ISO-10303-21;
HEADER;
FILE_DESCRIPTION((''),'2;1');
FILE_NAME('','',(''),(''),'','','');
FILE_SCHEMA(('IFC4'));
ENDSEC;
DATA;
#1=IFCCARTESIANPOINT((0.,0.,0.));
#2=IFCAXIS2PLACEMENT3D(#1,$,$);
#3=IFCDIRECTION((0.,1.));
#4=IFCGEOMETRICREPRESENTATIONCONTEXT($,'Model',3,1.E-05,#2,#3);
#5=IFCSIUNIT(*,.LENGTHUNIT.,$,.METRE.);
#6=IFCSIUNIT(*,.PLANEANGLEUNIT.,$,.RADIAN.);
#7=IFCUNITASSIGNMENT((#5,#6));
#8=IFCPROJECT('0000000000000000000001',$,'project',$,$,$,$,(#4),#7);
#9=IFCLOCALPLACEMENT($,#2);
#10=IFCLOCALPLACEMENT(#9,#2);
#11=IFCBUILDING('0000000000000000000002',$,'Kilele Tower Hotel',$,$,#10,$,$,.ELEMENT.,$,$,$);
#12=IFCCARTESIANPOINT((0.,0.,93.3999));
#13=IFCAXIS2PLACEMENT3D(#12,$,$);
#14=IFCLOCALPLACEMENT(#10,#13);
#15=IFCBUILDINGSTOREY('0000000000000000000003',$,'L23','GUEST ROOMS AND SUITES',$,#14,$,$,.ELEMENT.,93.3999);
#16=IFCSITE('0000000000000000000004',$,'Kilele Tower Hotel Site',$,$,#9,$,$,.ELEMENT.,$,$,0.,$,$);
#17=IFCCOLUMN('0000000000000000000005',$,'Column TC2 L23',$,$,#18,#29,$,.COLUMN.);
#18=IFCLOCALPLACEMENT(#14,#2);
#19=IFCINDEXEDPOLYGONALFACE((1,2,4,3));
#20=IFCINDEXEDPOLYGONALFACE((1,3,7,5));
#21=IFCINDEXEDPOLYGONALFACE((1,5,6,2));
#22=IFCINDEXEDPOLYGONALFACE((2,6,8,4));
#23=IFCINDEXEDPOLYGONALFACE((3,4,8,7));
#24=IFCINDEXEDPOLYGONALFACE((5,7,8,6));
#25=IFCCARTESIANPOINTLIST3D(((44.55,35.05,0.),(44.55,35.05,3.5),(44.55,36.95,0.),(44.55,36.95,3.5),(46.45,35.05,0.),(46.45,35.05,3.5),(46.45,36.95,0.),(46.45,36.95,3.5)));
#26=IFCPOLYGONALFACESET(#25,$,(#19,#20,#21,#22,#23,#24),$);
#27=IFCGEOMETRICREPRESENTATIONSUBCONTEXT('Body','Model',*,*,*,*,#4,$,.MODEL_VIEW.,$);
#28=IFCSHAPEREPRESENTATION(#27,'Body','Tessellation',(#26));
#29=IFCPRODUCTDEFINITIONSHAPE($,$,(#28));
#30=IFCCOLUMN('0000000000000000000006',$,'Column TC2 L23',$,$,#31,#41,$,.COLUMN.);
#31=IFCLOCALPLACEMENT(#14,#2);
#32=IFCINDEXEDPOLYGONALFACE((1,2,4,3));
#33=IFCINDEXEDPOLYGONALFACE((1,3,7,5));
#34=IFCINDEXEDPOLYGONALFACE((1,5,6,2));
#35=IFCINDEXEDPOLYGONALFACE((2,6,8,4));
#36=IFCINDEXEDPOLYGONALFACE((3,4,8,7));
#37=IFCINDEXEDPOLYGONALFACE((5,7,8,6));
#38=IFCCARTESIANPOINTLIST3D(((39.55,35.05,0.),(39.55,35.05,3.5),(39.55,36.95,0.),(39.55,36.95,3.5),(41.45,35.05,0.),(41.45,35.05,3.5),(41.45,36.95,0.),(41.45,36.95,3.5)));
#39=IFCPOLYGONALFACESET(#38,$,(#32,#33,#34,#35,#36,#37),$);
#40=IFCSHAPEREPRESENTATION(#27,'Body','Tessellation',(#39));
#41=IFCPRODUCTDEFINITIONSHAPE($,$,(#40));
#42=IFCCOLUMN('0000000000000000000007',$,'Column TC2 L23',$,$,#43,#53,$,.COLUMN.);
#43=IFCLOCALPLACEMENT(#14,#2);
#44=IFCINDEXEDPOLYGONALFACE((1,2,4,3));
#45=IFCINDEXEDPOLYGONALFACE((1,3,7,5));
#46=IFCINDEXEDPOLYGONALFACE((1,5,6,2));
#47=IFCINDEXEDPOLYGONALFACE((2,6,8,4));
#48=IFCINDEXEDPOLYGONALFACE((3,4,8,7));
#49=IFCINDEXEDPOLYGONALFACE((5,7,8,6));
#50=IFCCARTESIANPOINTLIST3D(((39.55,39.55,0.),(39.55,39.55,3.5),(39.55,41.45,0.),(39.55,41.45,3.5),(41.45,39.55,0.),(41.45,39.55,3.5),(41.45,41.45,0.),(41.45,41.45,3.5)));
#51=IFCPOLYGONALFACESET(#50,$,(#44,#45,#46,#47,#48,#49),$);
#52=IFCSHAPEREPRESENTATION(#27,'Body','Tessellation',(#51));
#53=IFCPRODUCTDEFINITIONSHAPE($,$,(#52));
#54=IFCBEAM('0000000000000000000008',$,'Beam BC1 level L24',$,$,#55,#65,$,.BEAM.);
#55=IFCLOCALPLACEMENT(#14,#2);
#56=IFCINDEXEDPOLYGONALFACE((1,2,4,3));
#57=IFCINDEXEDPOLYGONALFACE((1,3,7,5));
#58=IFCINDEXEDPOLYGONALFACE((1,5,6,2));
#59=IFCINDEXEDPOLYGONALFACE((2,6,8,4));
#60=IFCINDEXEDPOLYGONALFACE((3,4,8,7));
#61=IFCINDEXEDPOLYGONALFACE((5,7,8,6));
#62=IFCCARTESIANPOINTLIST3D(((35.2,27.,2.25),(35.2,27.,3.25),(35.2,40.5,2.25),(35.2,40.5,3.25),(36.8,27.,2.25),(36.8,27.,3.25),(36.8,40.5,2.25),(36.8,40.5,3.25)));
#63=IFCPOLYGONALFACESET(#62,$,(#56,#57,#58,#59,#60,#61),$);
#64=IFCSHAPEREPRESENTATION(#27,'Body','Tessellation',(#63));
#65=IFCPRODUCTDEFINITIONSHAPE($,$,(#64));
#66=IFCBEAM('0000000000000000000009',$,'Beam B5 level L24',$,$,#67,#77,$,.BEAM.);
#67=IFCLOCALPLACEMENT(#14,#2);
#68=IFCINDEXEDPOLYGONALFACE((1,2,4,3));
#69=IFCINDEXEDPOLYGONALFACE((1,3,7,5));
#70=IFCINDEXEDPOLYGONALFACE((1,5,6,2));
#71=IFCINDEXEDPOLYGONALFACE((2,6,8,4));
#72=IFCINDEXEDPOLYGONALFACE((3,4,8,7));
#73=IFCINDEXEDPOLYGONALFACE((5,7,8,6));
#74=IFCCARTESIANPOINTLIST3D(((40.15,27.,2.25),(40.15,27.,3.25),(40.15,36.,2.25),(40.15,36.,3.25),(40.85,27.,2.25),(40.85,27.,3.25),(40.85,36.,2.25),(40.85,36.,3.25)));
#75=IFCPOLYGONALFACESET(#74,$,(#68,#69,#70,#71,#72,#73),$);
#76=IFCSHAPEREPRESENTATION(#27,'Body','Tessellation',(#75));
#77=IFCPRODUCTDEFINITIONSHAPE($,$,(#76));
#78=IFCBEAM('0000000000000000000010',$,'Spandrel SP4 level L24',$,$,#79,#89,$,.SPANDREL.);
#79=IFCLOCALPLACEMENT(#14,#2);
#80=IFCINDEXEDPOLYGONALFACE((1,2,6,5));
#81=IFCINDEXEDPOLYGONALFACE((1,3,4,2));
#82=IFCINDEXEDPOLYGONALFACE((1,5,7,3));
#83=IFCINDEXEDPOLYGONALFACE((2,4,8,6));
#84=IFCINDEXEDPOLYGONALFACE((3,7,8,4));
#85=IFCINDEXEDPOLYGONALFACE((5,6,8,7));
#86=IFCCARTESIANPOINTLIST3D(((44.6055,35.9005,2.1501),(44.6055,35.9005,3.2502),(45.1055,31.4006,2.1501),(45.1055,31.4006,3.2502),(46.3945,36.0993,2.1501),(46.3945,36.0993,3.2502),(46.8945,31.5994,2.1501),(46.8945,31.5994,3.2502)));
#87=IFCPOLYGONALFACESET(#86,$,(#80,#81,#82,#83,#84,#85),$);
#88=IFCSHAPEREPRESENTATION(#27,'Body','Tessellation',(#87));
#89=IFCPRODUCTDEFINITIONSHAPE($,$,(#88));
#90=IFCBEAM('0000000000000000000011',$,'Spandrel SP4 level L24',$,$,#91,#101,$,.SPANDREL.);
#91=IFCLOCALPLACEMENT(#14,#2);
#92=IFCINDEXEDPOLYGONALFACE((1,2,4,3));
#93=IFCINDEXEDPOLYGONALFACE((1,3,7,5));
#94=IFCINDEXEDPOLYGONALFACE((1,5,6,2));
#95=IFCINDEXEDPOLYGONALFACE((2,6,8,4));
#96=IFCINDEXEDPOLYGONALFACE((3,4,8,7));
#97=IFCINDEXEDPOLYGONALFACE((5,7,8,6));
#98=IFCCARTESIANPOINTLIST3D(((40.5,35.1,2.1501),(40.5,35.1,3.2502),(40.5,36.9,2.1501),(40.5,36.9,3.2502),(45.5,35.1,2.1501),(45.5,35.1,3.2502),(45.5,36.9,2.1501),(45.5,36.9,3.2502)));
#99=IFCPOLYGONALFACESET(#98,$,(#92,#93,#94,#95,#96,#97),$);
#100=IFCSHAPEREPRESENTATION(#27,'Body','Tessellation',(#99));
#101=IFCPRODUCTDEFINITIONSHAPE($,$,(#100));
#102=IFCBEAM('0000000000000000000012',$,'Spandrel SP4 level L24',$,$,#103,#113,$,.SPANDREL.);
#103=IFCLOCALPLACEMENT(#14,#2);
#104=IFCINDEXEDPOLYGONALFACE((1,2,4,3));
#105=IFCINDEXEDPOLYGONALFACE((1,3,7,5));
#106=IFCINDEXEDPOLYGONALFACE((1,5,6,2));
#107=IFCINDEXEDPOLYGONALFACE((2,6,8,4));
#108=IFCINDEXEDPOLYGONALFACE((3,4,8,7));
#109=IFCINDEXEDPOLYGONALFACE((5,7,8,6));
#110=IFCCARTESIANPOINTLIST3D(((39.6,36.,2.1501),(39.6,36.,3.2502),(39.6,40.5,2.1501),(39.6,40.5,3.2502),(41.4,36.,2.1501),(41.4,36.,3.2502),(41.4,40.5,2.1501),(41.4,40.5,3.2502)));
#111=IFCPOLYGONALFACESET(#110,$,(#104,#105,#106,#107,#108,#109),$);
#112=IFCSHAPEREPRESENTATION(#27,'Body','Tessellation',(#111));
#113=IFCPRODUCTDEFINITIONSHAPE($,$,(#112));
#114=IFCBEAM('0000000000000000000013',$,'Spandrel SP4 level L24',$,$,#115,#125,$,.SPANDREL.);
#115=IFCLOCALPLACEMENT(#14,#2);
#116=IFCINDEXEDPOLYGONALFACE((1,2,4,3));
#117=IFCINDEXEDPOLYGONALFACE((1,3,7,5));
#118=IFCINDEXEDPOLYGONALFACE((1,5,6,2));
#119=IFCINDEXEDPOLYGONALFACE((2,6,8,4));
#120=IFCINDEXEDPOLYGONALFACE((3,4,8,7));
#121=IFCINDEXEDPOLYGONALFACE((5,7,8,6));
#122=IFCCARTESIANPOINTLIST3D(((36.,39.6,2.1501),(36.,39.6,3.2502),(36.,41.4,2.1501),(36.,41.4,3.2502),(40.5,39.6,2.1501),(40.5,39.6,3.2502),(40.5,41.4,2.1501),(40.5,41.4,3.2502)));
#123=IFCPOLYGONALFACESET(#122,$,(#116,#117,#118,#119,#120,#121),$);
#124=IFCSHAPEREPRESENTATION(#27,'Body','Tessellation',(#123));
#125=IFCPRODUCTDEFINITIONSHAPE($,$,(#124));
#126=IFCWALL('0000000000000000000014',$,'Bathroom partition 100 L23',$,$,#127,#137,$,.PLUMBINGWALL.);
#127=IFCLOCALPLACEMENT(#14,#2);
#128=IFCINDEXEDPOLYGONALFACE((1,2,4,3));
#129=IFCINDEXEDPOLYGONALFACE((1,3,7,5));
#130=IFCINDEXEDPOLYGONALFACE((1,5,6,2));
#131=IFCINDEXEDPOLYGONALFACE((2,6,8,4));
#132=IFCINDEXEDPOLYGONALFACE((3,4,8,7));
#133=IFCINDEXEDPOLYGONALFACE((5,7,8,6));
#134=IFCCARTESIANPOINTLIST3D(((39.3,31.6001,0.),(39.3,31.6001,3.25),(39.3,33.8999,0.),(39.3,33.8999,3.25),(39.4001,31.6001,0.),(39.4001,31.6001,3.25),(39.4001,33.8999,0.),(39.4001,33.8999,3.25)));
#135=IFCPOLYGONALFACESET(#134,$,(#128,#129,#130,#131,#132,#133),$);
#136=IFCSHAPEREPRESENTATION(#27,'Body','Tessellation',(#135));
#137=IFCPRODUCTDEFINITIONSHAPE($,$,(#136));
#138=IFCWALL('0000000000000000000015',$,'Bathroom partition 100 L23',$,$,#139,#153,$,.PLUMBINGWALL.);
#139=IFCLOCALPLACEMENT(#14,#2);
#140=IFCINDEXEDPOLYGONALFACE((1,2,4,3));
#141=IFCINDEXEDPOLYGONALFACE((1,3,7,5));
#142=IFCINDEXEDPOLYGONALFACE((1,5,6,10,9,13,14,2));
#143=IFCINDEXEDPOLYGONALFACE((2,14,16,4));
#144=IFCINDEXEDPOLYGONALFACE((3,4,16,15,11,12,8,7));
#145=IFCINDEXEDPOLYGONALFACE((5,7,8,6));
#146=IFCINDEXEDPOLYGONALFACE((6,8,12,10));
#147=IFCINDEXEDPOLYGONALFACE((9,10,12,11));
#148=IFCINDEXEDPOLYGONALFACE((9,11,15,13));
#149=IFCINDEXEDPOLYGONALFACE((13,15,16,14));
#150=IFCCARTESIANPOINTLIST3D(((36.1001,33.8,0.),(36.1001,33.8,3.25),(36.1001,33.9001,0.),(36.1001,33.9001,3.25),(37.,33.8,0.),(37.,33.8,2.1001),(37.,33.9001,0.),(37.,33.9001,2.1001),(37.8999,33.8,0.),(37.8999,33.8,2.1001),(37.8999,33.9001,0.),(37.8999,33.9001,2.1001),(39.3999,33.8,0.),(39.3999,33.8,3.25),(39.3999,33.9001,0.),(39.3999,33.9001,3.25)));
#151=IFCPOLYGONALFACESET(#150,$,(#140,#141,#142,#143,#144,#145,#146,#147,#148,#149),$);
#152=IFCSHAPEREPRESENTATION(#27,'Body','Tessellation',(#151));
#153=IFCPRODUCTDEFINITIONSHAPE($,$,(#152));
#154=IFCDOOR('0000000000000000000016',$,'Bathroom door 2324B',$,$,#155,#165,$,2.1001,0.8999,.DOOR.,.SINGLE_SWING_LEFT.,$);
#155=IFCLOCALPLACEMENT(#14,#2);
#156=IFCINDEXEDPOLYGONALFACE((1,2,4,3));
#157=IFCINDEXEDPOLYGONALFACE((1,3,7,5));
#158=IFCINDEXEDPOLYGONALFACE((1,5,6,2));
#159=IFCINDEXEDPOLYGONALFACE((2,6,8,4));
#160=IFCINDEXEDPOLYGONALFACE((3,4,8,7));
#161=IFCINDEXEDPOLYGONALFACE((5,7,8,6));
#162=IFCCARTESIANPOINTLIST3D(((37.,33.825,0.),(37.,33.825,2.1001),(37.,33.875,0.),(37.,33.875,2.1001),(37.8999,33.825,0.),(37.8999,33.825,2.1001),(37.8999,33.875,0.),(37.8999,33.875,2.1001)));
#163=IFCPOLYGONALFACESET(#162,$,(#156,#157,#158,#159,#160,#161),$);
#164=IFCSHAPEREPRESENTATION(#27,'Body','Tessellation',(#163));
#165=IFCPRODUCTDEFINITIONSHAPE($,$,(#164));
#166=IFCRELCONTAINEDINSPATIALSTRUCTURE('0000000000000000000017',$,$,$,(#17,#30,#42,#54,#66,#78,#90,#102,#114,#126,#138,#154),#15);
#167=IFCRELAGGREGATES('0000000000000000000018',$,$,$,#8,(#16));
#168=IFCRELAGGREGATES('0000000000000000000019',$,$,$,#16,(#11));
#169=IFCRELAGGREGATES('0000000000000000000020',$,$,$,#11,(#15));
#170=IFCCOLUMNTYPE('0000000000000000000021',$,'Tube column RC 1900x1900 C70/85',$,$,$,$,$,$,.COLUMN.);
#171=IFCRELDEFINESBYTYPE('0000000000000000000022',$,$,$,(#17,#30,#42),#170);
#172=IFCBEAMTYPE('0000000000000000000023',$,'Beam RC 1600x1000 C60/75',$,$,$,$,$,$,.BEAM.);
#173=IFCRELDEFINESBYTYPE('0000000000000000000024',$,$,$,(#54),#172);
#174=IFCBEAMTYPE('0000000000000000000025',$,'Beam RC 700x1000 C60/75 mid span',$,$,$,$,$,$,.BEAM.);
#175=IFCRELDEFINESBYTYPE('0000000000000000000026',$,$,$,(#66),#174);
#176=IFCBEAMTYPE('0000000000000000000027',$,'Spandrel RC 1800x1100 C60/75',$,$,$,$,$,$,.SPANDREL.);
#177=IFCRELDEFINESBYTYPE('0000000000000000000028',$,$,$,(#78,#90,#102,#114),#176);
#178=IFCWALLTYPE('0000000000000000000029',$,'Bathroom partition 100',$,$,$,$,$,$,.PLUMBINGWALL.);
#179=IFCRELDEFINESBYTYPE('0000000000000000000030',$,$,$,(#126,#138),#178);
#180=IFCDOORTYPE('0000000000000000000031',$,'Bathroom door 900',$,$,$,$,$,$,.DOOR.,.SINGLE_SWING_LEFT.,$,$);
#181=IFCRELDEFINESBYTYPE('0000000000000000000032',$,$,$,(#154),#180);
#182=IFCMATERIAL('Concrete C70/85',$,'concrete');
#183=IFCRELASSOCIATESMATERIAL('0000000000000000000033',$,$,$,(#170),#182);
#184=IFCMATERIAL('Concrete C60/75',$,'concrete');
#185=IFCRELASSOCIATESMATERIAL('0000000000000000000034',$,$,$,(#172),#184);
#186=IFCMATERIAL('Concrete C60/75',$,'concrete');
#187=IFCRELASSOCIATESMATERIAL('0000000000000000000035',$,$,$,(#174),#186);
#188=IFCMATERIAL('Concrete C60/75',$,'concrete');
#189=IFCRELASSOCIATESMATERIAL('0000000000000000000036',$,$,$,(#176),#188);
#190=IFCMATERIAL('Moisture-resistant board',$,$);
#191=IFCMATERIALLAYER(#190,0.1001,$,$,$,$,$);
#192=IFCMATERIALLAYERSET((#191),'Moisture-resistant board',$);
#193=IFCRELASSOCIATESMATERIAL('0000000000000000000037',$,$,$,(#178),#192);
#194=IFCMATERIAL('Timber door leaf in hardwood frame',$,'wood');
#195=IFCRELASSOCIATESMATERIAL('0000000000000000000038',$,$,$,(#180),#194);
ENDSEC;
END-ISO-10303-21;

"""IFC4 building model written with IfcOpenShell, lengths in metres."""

from ifc_helpers import new_model, si_unit, direction, frame, frame_2d, origin, origin_2d, place, context, subcontext, project, spatial, rectangle, extrude, material, layer, layer_set, material_profile, profile_set, type_object, element, fill, save


model = new_model("IFC4")

# Units and contexts
model_context = context("Model", 3, precision=1e-05, world=origin(), true_north=direction((0.0, 1.0)))
body_context = subcontext(model_context, "Body", "Model", "MODEL_VIEW")
ifc_project = project(units=[si_unit("LENGTHUNIT", "METRE"), si_unit("PLANEANGLEUNIT", "RADIAN")], contexts=[model_context])

# Site, building, storey
site_placement = place(None, origin())
site = spatial("IfcSite", under=ifc_project, at=site_placement, Name="Kilele Tower Hotel Site", CompositionType="ELEMENT", RefElevation=0.0)
building_placement = place(site_placement, origin())
building = spatial("IfcBuilding", under=site, at=building_placement, Name="Kilele Tower Hotel", CompositionType="ELEMENT")
storey_placement = place(building_placement, frame((0.0, 0.0, 93.3999)))
storey = spatial("IfcBuildingStorey", under=building, at=storey_placement, Name="L23", Description="GUEST ROOMS AND SUITES", CompositionType="ELEMENT", Elevation=93.3999)

# Columns
ifc_material_1 = material(Name="Concrete C70/85", Category="concrete")
ifc_material_profile_1 = material_profile(ifc_material_1, rectangle(XDim=1.8999, YDim=1.8999, at=origin_2d()))
ifc_profile_set_1 = profile_set([ifc_material_profile_1], Name="Concrete C70/85")
column_type = type_object("IfcColumnType", Name="Tube column RC 1900x1900 C70/85", PredefinedType="COLUMN", material=ifc_profile_set_1)
for number, where, z_axis, x_axis, name in (
    (1, (45.5, 36.0, 0.0), (0.0, 0.0, 1.0), (1.0, 0.0, 0.0), "Column TC2 L23"),
    (2, (40.5, 36.0, 0.0), (0.0, 0.0, 1.0), (1.0, 0.0, 0.0), "Column TC2 L23"),
    (3, (40.5, 40.5, 0.0), (0.0, 0.0, 1.0), (1.0, 0.0, 0.0), "Column TC2 L23"),
):
    element("IfcColumn", number, at=place(storey_placement, frame(where, z_axis=z_axis, x_axis=x_axis)), inside=storey, type_object=column_type, Name=name, PredefinedType="COLUMN", context=body_context, shape_type="SweptSolid", body=[
        extrude(rectangle(XDim=1.8999, YDim=1.8999, at=origin_2d()), origin(), (0.0, 0.0, 1.0), 3.5),
    ])

# Beams
ifc_material_2 = material(Name="Concrete C60/75", Category="concrete")
ifc_material_profile_2 = material_profile(ifc_material_2, rectangle(XDim=1.6001, YDim=1.0, at=origin_2d()))
ifc_profile_set_2 = profile_set([ifc_material_profile_2], Name="Concrete C60/75")
beam_type_1 = type_object("IfcBeamType", Name="Beam RC 1600x1000 C60/75", PredefinedType="BEAM", material=ifc_profile_set_2)
beam_1_placement = place(storey_placement, frame((36.0, 40.5, 2.75), z_axis=(0.0, -1.0, 0.0), x_axis=(1.0, 0.0, 0.0)))
element("IfcBeam", 4, at=beam_1_placement, inside=storey, type_object=beam_type_1, Name="Beam BC1 level L24", PredefinedType="BEAM", context=body_context, shape_type="SweptSolid", body=[
    extrude(rectangle(XDim=1.6001, YDim=1.0, at=origin_2d()), origin(), (0.0, 0.0, 1.0), 13.5),
])
ifc_material_3 = material(Name="Concrete C60/75", Category="concrete")
ifc_material_profile_3 = material_profile(ifc_material_3, rectangle(XDim=0.7, YDim=1.0, at=origin_2d()))
ifc_profile_set_3 = profile_set([ifc_material_profile_3], Name="Concrete C60/75")
beam_type_2 = type_object("IfcBeamType", Name="Beam RC 700x1000 C60/75 mid span", PredefinedType="BEAM", material=ifc_profile_set_3)
beam_2_placement = place(storey_placement, frame((40.5, 36.0, 2.75), z_axis=(0.0, -1.0, 0.0), x_axis=(1.0, 0.0, 0.0)))
element("IfcBeam", 5, at=beam_2_placement, inside=storey, type_object=beam_type_2, Name="Beam B5 level L24", PredefinedType="BEAM", context=body_context, shape_type="SweptSolid", body=[
    extrude(rectangle(XDim=0.7, YDim=1.0, at=origin_2d()), origin(), (0.0, 0.0, 1.0), 9.0),
])
ifc_material_4 = material(Name="Concrete C60/75", Category="concrete")
ifc_material_profile_4 = material_profile(ifc_material_4, rectangle(XDim=1.8, YDim=1.1001, at=origin_2d()))
ifc_profile_set_4 = profile_set([ifc_material_profile_4], Name="Concrete C60/75")
beam_type_3 = type_object("IfcBeamType", Name="Spandrel RC 1800x1100 C60/75", PredefinedType="SPANDREL", material=ifc_profile_set_4)
beam_3_placement = place(storey_placement, frame((46.0, 31.5, 2.7002), z_axis=(-0.110432, 0.993884, 0.0), x_axis=(-0.993884, -0.110432, 0.0)))
element("IfcBeam", 6, at=beam_3_placement, inside=storey, type_object=beam_type_3, Name="Spandrel SP4 level L24", PredefinedType="SPANDREL", context=body_context, shape_type="SweptSolid", body=[
    extrude(rectangle(XDim=1.8, YDim=1.1001, at=origin_2d()), origin(), (0.0, 0.0, 1.0), 4.5276),
])
beam_4_placement = place(storey_placement, frame((45.5, 36.0, 2.7002), z_axis=(-1.0, 0.0, 0.0), x_axis=(0.0, -1.0, 0.0)))
element("IfcBeam", 7, at=beam_4_placement, inside=storey, type_object=beam_type_3, Name="Spandrel SP4 level L24", PredefinedType="SPANDREL", context=body_context, shape_type="SweptSolid", body=[
    extrude(rectangle(XDim=1.8, YDim=1.1001, at=origin_2d()), origin(), (0.0, 0.0, 1.0), 5.0),
])
for number, where, z_axis, x_axis, name in (
    (8, (40.5, 36.0, 2.7002), (0.0, 1.0, 0.0), (-1.0, 0.0, 0.0), "Spandrel SP4 level L24"),
    (9, (40.5, 40.5, 2.7002), (-1.0, 0.0, 0.0), (0.0, -1.0, 0.0), "Spandrel SP4 level L24"),
):
    element("IfcBeam", number, at=place(storey_placement, frame(where, z_axis=z_axis, x_axis=x_axis)), inside=storey, type_object=beam_type_3, Name=name, PredefinedType="SPANDREL", context=body_context, shape_type="SweptSolid", body=[
        extrude(rectangle(XDim=1.8, YDim=1.1001, at=origin_2d()), origin(), (0.0, 0.0, 1.0), 4.5),
    ])

# Wall
ifc_material_5 = material(Name="Moisture-resistant board")
ifc_layer_1 = layer(ifc_material_5, 0.1001)
ifc_layer_set_1 = layer_set([ifc_layer_1], Name="Moisture-resistant board")
wall_type_1 = type_object("IfcWallType", Name="Bathroom partition 100", PredefinedType="PLUMBINGWALL", material=ifc_layer_set_1)
wall_1_placement = place(storey_placement, frame((39.3501, 31.6001, 0.0), z_axis=(0.0, 0.0, 1.0), x_axis=(0.0, 1.0, 0.0)))
element("IfcWall", 10, at=wall_1_placement, inside=storey, type_object=wall_type_1, Name="Bathroom partition 100 L23", PredefinedType="PLUMBINGWALL", context=body_context, shape_type="SweptSolid", body=[
    extrude(rectangle(XDim=2.2998, YDim=0.1001, at=frame_2d((1.1499, 0.0))), origin(), (0.0, 0.0, 1.0), 3.25),
])

# Wall, opening, door
wall_2_placement = place(storey_placement, frame((36.1001, 33.8501, 0.0), z_axis=(0.0, 0.0, 1.0), x_axis=(1.0, 0.0, 0.0)))
wall_2 = element("IfcWall", 11, at=wall_2_placement, inside=storey, type_object=wall_type_1, Name="Bathroom partition 100 L23", PredefinedType="PLUMBINGWALL", context=body_context, shape_type="SweptSolid", body=[
    extrude(rectangle(XDim=3.2998, YDim=0.1001, at=frame_2d((1.6499, 0.0))), origin(), (0.0, 0.0, 1.0), 3.25),
])
opening_1_placement = place(wall_2_placement, frame((0.8999, 0.0, 0.0)))
opening_1 = element("IfcOpeningElement", 12, at=opening_1_placement, cuts=wall_2, PredefinedType="OPENING", context=body_context, shape_type="SweptSolid", body=[
    extrude(rectangle(XDim=0.8999, YDim=2.1001, at=frame_2d((0.45, 1.05))), frame((0.0, 0.0601, 0.0), z_axis=(0.0, -1.0, 0.0), x_axis=(1.0, 0.0, 0.0)), (0.0, 0.0, 1.0), 0.1201),
])
ifc_material_6 = material(Name="Timber door leaf in hardwood frame", Category="wood")
door_type_1 = type_object("IfcDoorType", Name="Bathroom door 900", OperationType="SINGLE_SWING_LEFT", PredefinedType="DOOR", material=ifc_material_6)
door_1_placement = place(opening_1_placement, origin())
door_1 = element("IfcDoor", 13, at=door_1_placement, inside=storey, type_object=door_type_1, Name="Bathroom door 2324B", OperationType="SINGLE_SWING_LEFT", OverallHeight=2.1001, OverallWidth=0.8999, PredefinedType="DOOR", context=body_context, shape_type="SweptSolid", body=[
    extrude(rectangle(XDim=0.8999, YDim=2.1001, at=frame_2d((0.45, 1.05))), frame((0.0, 0.0249, 0.0), z_axis=(0.0, -1.0, 0.0), x_axis=(1.0, 0.0, 0.0)), (0.0, 0.0, 1.0), 0.05),
])
fill(opening_1, door_1)

save(model, "model.ifc")
